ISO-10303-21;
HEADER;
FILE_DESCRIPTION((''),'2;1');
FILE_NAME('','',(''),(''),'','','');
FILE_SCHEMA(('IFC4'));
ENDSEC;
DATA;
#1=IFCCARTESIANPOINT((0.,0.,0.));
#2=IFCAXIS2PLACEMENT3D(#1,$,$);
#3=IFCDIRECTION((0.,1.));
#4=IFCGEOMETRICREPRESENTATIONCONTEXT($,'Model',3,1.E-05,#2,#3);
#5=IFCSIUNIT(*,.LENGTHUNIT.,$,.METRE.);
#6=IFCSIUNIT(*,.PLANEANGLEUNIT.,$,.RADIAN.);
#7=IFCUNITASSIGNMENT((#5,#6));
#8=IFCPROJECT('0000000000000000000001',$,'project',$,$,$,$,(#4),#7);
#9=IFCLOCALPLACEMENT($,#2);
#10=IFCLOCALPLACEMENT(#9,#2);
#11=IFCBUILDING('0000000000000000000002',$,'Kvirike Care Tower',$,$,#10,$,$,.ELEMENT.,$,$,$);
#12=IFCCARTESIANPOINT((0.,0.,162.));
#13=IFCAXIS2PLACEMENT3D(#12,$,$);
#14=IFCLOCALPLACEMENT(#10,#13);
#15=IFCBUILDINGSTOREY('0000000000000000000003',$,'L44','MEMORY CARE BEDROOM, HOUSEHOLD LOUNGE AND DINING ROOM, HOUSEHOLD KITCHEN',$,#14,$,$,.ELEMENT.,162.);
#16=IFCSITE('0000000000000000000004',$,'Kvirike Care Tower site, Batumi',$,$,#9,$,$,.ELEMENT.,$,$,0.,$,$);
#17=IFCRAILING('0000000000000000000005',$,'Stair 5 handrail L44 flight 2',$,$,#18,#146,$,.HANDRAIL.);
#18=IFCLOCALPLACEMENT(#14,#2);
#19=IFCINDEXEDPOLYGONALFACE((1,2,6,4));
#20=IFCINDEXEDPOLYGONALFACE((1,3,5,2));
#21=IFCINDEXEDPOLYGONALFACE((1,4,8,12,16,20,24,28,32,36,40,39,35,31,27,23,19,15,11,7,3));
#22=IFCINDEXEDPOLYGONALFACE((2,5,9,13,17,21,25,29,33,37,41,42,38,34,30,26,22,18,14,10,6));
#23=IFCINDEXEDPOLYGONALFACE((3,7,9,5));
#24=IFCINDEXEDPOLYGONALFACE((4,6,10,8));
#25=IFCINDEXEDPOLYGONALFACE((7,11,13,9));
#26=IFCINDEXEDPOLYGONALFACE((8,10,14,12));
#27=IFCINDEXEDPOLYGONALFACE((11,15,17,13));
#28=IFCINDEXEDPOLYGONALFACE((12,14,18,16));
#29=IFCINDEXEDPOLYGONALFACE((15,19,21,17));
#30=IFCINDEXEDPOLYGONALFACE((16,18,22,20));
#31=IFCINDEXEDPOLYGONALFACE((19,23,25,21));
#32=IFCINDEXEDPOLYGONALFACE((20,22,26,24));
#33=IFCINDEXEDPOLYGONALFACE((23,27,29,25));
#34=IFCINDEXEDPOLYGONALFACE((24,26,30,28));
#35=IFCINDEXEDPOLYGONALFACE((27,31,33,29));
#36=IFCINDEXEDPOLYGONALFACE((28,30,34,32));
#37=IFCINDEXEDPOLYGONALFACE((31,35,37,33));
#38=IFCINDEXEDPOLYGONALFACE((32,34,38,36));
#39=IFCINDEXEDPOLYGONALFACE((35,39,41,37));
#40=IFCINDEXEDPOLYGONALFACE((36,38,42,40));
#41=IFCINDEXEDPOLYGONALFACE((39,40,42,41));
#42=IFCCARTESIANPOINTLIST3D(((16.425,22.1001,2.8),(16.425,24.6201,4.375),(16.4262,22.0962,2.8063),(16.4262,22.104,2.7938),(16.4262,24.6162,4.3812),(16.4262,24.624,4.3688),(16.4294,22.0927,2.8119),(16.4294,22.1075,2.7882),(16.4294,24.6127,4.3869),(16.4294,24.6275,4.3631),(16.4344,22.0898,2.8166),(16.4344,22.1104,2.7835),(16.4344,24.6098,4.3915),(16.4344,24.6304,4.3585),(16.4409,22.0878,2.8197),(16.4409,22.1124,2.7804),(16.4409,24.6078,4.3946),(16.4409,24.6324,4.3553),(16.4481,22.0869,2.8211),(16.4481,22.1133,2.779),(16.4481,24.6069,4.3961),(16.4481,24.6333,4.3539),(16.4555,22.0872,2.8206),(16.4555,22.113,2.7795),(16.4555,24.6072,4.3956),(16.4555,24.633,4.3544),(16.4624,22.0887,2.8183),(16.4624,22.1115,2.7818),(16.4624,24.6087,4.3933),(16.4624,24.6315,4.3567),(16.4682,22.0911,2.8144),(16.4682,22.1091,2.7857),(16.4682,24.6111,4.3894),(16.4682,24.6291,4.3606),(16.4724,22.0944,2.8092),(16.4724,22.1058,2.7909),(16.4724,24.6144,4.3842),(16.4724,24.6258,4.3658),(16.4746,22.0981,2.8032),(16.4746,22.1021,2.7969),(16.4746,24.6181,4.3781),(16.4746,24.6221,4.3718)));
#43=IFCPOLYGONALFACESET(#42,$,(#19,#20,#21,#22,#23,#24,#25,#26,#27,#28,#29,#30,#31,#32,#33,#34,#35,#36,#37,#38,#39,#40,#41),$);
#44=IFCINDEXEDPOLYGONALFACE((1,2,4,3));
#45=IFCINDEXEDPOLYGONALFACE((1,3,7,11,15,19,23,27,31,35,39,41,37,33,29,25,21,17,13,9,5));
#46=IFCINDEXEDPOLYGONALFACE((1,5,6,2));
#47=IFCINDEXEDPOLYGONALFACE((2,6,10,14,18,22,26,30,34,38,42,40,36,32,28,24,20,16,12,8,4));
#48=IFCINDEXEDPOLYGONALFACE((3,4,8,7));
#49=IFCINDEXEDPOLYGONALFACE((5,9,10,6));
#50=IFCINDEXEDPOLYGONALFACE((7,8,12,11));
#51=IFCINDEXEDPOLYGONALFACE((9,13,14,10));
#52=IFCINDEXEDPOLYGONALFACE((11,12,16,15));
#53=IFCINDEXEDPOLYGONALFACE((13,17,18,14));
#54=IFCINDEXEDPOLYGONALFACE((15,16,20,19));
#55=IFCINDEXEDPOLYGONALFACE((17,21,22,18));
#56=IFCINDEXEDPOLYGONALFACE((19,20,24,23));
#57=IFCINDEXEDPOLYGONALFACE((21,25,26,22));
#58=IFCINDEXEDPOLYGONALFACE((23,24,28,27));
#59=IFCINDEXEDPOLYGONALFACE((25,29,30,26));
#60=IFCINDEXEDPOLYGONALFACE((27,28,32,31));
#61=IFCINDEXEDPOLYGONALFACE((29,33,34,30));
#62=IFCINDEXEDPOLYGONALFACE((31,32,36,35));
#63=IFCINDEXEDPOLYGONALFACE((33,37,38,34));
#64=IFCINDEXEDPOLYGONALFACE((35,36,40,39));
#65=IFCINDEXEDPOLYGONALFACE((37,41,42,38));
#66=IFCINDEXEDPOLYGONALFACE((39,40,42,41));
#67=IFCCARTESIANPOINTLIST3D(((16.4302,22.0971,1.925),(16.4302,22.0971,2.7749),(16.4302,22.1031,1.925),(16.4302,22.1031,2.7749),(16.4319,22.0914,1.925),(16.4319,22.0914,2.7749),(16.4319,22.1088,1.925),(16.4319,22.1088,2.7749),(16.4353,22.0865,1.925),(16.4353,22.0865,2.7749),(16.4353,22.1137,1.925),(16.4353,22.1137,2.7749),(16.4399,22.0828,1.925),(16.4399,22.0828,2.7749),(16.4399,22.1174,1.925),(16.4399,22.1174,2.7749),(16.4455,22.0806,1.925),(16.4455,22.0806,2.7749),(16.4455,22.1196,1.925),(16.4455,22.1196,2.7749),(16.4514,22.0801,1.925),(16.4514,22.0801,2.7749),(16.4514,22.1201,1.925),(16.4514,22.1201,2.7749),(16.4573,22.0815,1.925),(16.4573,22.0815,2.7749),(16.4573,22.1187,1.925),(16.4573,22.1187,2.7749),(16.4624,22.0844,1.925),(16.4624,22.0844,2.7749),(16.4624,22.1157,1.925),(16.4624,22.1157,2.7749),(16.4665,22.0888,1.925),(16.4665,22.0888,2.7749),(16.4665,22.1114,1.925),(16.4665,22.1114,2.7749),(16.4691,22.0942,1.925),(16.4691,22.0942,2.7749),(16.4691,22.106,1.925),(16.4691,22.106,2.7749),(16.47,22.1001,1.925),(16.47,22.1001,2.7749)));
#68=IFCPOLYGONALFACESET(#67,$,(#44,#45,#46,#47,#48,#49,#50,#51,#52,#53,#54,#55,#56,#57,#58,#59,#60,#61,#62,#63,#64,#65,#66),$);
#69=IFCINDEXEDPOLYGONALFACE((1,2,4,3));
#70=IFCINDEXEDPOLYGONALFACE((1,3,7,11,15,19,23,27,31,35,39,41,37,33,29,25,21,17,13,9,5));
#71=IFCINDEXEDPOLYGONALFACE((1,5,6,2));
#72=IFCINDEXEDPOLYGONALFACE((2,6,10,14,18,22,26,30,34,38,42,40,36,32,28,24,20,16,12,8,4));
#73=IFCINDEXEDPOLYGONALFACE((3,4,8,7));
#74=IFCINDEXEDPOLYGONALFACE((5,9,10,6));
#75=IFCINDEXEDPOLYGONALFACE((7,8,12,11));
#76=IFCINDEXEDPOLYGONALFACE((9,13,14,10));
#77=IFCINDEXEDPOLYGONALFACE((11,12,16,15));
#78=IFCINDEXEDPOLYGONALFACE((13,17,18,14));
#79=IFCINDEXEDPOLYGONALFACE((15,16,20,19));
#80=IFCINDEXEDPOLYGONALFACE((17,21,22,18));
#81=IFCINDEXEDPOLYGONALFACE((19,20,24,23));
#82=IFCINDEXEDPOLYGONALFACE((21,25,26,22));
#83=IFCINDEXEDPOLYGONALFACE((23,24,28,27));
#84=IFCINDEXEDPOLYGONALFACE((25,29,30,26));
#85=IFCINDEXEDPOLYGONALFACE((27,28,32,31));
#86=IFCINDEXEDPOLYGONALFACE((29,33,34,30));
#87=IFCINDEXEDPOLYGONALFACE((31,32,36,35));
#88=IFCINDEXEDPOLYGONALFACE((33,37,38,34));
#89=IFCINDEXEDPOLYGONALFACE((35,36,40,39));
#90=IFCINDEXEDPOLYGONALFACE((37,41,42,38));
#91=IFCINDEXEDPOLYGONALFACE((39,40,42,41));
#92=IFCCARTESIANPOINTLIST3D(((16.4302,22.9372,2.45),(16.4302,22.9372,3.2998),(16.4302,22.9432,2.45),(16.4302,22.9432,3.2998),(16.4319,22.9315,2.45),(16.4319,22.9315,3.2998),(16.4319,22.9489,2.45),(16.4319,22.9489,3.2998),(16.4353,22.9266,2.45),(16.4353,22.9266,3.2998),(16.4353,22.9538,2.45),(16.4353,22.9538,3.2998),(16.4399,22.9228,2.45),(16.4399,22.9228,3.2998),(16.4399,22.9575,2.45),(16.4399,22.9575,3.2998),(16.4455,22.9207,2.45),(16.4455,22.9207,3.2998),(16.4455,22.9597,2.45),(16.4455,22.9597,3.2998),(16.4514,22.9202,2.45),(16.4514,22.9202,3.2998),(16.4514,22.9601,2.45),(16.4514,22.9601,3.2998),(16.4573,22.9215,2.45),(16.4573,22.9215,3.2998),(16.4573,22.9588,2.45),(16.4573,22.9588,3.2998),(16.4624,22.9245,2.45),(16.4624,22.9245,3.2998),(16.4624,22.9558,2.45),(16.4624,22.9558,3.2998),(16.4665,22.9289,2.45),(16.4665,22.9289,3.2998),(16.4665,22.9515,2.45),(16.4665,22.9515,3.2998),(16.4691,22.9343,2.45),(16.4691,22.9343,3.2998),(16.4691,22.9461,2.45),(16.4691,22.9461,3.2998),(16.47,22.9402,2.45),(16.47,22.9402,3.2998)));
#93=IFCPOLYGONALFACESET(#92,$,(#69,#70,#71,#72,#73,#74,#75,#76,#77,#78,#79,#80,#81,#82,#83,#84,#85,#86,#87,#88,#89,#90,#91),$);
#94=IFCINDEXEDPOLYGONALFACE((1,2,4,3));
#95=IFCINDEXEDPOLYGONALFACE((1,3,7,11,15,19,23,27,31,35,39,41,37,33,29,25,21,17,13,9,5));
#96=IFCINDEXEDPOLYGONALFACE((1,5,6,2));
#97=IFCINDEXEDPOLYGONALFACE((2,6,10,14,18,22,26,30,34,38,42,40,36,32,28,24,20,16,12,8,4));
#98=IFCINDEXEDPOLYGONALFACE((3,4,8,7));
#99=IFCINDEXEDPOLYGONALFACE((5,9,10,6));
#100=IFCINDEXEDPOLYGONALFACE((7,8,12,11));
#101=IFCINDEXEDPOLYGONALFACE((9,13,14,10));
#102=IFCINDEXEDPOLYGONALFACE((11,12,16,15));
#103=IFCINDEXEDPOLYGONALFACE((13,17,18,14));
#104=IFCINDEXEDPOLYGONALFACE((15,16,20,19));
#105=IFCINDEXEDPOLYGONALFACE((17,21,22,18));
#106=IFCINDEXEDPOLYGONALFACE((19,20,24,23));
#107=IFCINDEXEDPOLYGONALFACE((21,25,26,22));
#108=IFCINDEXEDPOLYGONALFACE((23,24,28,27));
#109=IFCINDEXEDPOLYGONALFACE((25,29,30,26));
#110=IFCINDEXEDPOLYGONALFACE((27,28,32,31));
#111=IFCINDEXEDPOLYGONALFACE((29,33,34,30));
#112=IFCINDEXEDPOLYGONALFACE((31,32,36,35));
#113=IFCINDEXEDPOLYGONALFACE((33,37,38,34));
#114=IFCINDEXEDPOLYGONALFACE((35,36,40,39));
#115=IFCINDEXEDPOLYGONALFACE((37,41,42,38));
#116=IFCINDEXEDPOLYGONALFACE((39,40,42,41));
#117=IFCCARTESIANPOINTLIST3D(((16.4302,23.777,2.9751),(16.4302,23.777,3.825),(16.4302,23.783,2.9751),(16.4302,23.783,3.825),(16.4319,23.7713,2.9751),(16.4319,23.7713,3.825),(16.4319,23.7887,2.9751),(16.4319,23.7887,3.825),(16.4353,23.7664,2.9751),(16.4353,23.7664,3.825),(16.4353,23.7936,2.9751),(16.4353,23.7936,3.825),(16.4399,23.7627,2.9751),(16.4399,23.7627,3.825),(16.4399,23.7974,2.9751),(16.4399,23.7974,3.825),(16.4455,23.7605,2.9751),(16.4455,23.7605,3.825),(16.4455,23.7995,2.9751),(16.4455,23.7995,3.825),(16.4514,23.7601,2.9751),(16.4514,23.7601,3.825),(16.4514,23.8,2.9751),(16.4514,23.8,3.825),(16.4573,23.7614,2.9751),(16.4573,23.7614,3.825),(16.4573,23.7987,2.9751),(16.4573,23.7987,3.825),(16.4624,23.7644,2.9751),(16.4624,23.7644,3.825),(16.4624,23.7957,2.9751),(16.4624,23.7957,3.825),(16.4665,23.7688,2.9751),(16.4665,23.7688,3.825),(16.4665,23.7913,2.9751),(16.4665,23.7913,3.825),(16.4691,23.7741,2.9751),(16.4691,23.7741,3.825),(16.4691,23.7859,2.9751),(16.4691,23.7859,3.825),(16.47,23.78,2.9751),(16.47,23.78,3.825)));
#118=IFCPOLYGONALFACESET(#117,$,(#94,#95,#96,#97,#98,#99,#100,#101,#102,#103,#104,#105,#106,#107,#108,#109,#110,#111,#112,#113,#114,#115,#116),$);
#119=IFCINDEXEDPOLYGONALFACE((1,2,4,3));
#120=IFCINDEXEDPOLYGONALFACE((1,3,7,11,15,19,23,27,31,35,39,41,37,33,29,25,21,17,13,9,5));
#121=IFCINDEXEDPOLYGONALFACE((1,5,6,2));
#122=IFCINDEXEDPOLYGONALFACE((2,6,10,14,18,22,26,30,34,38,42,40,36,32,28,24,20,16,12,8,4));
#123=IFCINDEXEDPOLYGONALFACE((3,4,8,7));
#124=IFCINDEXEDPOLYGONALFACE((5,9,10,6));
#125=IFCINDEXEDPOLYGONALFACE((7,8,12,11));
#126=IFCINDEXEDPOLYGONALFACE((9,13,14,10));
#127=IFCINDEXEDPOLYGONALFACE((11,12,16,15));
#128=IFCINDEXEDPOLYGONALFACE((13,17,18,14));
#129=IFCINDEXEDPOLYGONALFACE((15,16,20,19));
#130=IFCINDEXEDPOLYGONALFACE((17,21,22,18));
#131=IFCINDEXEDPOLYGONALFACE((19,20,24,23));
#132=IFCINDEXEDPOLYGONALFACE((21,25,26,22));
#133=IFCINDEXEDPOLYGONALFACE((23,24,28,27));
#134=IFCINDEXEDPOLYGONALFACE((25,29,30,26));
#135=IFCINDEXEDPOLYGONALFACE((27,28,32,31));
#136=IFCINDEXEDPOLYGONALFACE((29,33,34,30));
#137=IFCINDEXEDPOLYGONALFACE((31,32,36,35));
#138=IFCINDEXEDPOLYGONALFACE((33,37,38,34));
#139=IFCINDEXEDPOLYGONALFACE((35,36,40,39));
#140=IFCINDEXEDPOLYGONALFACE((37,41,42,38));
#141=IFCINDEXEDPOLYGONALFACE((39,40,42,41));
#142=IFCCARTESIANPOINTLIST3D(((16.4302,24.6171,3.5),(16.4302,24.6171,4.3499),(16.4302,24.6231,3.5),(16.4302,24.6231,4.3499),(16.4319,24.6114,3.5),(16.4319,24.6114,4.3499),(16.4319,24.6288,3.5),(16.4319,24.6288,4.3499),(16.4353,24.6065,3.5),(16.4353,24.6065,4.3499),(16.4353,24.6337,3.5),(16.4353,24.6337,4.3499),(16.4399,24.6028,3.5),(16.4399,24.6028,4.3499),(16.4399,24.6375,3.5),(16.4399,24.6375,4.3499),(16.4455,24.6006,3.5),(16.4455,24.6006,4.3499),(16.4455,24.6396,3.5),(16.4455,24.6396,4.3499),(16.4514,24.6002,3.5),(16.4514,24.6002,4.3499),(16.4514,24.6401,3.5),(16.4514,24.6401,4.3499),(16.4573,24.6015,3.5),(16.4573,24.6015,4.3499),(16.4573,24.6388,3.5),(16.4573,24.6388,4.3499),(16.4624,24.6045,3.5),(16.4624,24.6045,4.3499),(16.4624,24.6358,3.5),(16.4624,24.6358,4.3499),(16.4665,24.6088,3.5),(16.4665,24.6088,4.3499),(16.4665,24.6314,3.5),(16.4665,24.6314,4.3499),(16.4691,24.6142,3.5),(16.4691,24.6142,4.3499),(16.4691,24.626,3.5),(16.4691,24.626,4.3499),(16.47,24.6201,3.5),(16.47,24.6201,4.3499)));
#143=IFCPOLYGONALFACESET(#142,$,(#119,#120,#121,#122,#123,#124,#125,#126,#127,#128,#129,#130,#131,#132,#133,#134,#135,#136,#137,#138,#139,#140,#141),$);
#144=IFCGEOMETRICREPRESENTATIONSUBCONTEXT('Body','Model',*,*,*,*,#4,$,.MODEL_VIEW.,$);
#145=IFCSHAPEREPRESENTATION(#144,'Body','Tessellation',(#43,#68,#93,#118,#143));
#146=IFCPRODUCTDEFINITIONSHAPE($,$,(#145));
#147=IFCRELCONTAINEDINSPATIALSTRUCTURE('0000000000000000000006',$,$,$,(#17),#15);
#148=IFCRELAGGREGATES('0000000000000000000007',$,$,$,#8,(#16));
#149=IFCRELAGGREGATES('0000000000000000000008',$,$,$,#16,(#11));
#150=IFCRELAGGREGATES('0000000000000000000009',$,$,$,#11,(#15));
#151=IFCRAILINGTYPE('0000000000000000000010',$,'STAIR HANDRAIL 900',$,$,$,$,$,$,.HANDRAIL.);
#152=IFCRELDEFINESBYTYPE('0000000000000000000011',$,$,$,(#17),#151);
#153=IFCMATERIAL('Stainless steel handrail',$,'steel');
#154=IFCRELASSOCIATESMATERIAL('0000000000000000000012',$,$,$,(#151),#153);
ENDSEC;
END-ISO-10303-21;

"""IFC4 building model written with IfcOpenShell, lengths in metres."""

from ifc_helpers import new_model, si_unit, direction, frame, origin, origin_2d, place, context, subcontext, project, spatial, circle, extrude, material, type_object, element, save


model = new_model("IFC4")

# Units and contexts
model_context = context("Model", 3, precision=1e-05, world=origin(), true_north=direction((0.0, 1.0)))
body_context = subcontext(model_context, "Body", "Model", "MODEL_VIEW")
ifc_project = project(units=[si_unit("LENGTHUNIT", "METRE"), si_unit("PLANEANGLEUNIT", "RADIAN")], contexts=[model_context])

# Site, building, storey
site_placement = place(None, origin())
site = spatial("IfcSite", under=ifc_project, at=site_placement, Name="Kvirike Care Tower site, Batumi", CompositionType="ELEMENT", RefElevation=0.0)
building_placement = place(site_placement, origin())
building = spatial("IfcBuilding", under=site, at=building_placement, Name="Kvirike Care Tower", CompositionType="ELEMENT")
storey_placement = place(building_placement, frame((0.0, 0.0, 162.0)))
storey = spatial("IfcBuildingStorey", under=building, at=storey_placement, Name="L44", Description="MEMORY CARE BEDROOM, HOUSEHOLD LOUNGE AND DINING ROOM, HOUSEHOLD KITCHEN", CompositionType="ELEMENT", Elevation=162.0)

# Railing
ifc_material_1 = material(Name="Stainless steel handrail", Category="steel")
railing_type = type_object("IfcRailingType", Name="STAIR HANDRAIL 900", PredefinedType="HANDRAIL", material=ifc_material_1)
railing_placement = place(storey_placement, frame((16.45, 22.1001, 1.925)))
element("IfcRailing", 1, at=railing_placement, inside=storey, type_object=railing_type, Name="Stair 5 handrail L44 flight 2", PredefinedType="HANDRAIL", context=body_context, shape_type="SweptSolid", body=[
    extrude(circle(Radius=0.0249, at=origin_2d()), frame((0.0, 0.0, 0.875), z_axis=(0.0, 0.848008, 0.529984), x_axis=(-1.0, 0.0, 0.0)), (0.0, 0.0, 1.0), 2.9717),
    extrude(circle(Radius=0.02, at=origin_2d()), origin(), (0.0, 0.0, 1.0), 0.8499),
    extrude(circle(Radius=0.02, at=origin_2d()), frame((0.0, 0.8401, 0.5249)), (0.0, 0.0, 1.0), 0.8499),
    extrude(circle(Radius=0.02, at=origin_2d()), frame((0.0, 1.6799, 1.05)), (0.0, 0.0, 1.0), 0.8499),
    extrude(circle(Radius=0.02, at=origin_2d()), frame((0.0, 2.52, 1.575)), (0.0, 0.0, 1.0), 0.8499),
])

save(model, "model.ifc")
